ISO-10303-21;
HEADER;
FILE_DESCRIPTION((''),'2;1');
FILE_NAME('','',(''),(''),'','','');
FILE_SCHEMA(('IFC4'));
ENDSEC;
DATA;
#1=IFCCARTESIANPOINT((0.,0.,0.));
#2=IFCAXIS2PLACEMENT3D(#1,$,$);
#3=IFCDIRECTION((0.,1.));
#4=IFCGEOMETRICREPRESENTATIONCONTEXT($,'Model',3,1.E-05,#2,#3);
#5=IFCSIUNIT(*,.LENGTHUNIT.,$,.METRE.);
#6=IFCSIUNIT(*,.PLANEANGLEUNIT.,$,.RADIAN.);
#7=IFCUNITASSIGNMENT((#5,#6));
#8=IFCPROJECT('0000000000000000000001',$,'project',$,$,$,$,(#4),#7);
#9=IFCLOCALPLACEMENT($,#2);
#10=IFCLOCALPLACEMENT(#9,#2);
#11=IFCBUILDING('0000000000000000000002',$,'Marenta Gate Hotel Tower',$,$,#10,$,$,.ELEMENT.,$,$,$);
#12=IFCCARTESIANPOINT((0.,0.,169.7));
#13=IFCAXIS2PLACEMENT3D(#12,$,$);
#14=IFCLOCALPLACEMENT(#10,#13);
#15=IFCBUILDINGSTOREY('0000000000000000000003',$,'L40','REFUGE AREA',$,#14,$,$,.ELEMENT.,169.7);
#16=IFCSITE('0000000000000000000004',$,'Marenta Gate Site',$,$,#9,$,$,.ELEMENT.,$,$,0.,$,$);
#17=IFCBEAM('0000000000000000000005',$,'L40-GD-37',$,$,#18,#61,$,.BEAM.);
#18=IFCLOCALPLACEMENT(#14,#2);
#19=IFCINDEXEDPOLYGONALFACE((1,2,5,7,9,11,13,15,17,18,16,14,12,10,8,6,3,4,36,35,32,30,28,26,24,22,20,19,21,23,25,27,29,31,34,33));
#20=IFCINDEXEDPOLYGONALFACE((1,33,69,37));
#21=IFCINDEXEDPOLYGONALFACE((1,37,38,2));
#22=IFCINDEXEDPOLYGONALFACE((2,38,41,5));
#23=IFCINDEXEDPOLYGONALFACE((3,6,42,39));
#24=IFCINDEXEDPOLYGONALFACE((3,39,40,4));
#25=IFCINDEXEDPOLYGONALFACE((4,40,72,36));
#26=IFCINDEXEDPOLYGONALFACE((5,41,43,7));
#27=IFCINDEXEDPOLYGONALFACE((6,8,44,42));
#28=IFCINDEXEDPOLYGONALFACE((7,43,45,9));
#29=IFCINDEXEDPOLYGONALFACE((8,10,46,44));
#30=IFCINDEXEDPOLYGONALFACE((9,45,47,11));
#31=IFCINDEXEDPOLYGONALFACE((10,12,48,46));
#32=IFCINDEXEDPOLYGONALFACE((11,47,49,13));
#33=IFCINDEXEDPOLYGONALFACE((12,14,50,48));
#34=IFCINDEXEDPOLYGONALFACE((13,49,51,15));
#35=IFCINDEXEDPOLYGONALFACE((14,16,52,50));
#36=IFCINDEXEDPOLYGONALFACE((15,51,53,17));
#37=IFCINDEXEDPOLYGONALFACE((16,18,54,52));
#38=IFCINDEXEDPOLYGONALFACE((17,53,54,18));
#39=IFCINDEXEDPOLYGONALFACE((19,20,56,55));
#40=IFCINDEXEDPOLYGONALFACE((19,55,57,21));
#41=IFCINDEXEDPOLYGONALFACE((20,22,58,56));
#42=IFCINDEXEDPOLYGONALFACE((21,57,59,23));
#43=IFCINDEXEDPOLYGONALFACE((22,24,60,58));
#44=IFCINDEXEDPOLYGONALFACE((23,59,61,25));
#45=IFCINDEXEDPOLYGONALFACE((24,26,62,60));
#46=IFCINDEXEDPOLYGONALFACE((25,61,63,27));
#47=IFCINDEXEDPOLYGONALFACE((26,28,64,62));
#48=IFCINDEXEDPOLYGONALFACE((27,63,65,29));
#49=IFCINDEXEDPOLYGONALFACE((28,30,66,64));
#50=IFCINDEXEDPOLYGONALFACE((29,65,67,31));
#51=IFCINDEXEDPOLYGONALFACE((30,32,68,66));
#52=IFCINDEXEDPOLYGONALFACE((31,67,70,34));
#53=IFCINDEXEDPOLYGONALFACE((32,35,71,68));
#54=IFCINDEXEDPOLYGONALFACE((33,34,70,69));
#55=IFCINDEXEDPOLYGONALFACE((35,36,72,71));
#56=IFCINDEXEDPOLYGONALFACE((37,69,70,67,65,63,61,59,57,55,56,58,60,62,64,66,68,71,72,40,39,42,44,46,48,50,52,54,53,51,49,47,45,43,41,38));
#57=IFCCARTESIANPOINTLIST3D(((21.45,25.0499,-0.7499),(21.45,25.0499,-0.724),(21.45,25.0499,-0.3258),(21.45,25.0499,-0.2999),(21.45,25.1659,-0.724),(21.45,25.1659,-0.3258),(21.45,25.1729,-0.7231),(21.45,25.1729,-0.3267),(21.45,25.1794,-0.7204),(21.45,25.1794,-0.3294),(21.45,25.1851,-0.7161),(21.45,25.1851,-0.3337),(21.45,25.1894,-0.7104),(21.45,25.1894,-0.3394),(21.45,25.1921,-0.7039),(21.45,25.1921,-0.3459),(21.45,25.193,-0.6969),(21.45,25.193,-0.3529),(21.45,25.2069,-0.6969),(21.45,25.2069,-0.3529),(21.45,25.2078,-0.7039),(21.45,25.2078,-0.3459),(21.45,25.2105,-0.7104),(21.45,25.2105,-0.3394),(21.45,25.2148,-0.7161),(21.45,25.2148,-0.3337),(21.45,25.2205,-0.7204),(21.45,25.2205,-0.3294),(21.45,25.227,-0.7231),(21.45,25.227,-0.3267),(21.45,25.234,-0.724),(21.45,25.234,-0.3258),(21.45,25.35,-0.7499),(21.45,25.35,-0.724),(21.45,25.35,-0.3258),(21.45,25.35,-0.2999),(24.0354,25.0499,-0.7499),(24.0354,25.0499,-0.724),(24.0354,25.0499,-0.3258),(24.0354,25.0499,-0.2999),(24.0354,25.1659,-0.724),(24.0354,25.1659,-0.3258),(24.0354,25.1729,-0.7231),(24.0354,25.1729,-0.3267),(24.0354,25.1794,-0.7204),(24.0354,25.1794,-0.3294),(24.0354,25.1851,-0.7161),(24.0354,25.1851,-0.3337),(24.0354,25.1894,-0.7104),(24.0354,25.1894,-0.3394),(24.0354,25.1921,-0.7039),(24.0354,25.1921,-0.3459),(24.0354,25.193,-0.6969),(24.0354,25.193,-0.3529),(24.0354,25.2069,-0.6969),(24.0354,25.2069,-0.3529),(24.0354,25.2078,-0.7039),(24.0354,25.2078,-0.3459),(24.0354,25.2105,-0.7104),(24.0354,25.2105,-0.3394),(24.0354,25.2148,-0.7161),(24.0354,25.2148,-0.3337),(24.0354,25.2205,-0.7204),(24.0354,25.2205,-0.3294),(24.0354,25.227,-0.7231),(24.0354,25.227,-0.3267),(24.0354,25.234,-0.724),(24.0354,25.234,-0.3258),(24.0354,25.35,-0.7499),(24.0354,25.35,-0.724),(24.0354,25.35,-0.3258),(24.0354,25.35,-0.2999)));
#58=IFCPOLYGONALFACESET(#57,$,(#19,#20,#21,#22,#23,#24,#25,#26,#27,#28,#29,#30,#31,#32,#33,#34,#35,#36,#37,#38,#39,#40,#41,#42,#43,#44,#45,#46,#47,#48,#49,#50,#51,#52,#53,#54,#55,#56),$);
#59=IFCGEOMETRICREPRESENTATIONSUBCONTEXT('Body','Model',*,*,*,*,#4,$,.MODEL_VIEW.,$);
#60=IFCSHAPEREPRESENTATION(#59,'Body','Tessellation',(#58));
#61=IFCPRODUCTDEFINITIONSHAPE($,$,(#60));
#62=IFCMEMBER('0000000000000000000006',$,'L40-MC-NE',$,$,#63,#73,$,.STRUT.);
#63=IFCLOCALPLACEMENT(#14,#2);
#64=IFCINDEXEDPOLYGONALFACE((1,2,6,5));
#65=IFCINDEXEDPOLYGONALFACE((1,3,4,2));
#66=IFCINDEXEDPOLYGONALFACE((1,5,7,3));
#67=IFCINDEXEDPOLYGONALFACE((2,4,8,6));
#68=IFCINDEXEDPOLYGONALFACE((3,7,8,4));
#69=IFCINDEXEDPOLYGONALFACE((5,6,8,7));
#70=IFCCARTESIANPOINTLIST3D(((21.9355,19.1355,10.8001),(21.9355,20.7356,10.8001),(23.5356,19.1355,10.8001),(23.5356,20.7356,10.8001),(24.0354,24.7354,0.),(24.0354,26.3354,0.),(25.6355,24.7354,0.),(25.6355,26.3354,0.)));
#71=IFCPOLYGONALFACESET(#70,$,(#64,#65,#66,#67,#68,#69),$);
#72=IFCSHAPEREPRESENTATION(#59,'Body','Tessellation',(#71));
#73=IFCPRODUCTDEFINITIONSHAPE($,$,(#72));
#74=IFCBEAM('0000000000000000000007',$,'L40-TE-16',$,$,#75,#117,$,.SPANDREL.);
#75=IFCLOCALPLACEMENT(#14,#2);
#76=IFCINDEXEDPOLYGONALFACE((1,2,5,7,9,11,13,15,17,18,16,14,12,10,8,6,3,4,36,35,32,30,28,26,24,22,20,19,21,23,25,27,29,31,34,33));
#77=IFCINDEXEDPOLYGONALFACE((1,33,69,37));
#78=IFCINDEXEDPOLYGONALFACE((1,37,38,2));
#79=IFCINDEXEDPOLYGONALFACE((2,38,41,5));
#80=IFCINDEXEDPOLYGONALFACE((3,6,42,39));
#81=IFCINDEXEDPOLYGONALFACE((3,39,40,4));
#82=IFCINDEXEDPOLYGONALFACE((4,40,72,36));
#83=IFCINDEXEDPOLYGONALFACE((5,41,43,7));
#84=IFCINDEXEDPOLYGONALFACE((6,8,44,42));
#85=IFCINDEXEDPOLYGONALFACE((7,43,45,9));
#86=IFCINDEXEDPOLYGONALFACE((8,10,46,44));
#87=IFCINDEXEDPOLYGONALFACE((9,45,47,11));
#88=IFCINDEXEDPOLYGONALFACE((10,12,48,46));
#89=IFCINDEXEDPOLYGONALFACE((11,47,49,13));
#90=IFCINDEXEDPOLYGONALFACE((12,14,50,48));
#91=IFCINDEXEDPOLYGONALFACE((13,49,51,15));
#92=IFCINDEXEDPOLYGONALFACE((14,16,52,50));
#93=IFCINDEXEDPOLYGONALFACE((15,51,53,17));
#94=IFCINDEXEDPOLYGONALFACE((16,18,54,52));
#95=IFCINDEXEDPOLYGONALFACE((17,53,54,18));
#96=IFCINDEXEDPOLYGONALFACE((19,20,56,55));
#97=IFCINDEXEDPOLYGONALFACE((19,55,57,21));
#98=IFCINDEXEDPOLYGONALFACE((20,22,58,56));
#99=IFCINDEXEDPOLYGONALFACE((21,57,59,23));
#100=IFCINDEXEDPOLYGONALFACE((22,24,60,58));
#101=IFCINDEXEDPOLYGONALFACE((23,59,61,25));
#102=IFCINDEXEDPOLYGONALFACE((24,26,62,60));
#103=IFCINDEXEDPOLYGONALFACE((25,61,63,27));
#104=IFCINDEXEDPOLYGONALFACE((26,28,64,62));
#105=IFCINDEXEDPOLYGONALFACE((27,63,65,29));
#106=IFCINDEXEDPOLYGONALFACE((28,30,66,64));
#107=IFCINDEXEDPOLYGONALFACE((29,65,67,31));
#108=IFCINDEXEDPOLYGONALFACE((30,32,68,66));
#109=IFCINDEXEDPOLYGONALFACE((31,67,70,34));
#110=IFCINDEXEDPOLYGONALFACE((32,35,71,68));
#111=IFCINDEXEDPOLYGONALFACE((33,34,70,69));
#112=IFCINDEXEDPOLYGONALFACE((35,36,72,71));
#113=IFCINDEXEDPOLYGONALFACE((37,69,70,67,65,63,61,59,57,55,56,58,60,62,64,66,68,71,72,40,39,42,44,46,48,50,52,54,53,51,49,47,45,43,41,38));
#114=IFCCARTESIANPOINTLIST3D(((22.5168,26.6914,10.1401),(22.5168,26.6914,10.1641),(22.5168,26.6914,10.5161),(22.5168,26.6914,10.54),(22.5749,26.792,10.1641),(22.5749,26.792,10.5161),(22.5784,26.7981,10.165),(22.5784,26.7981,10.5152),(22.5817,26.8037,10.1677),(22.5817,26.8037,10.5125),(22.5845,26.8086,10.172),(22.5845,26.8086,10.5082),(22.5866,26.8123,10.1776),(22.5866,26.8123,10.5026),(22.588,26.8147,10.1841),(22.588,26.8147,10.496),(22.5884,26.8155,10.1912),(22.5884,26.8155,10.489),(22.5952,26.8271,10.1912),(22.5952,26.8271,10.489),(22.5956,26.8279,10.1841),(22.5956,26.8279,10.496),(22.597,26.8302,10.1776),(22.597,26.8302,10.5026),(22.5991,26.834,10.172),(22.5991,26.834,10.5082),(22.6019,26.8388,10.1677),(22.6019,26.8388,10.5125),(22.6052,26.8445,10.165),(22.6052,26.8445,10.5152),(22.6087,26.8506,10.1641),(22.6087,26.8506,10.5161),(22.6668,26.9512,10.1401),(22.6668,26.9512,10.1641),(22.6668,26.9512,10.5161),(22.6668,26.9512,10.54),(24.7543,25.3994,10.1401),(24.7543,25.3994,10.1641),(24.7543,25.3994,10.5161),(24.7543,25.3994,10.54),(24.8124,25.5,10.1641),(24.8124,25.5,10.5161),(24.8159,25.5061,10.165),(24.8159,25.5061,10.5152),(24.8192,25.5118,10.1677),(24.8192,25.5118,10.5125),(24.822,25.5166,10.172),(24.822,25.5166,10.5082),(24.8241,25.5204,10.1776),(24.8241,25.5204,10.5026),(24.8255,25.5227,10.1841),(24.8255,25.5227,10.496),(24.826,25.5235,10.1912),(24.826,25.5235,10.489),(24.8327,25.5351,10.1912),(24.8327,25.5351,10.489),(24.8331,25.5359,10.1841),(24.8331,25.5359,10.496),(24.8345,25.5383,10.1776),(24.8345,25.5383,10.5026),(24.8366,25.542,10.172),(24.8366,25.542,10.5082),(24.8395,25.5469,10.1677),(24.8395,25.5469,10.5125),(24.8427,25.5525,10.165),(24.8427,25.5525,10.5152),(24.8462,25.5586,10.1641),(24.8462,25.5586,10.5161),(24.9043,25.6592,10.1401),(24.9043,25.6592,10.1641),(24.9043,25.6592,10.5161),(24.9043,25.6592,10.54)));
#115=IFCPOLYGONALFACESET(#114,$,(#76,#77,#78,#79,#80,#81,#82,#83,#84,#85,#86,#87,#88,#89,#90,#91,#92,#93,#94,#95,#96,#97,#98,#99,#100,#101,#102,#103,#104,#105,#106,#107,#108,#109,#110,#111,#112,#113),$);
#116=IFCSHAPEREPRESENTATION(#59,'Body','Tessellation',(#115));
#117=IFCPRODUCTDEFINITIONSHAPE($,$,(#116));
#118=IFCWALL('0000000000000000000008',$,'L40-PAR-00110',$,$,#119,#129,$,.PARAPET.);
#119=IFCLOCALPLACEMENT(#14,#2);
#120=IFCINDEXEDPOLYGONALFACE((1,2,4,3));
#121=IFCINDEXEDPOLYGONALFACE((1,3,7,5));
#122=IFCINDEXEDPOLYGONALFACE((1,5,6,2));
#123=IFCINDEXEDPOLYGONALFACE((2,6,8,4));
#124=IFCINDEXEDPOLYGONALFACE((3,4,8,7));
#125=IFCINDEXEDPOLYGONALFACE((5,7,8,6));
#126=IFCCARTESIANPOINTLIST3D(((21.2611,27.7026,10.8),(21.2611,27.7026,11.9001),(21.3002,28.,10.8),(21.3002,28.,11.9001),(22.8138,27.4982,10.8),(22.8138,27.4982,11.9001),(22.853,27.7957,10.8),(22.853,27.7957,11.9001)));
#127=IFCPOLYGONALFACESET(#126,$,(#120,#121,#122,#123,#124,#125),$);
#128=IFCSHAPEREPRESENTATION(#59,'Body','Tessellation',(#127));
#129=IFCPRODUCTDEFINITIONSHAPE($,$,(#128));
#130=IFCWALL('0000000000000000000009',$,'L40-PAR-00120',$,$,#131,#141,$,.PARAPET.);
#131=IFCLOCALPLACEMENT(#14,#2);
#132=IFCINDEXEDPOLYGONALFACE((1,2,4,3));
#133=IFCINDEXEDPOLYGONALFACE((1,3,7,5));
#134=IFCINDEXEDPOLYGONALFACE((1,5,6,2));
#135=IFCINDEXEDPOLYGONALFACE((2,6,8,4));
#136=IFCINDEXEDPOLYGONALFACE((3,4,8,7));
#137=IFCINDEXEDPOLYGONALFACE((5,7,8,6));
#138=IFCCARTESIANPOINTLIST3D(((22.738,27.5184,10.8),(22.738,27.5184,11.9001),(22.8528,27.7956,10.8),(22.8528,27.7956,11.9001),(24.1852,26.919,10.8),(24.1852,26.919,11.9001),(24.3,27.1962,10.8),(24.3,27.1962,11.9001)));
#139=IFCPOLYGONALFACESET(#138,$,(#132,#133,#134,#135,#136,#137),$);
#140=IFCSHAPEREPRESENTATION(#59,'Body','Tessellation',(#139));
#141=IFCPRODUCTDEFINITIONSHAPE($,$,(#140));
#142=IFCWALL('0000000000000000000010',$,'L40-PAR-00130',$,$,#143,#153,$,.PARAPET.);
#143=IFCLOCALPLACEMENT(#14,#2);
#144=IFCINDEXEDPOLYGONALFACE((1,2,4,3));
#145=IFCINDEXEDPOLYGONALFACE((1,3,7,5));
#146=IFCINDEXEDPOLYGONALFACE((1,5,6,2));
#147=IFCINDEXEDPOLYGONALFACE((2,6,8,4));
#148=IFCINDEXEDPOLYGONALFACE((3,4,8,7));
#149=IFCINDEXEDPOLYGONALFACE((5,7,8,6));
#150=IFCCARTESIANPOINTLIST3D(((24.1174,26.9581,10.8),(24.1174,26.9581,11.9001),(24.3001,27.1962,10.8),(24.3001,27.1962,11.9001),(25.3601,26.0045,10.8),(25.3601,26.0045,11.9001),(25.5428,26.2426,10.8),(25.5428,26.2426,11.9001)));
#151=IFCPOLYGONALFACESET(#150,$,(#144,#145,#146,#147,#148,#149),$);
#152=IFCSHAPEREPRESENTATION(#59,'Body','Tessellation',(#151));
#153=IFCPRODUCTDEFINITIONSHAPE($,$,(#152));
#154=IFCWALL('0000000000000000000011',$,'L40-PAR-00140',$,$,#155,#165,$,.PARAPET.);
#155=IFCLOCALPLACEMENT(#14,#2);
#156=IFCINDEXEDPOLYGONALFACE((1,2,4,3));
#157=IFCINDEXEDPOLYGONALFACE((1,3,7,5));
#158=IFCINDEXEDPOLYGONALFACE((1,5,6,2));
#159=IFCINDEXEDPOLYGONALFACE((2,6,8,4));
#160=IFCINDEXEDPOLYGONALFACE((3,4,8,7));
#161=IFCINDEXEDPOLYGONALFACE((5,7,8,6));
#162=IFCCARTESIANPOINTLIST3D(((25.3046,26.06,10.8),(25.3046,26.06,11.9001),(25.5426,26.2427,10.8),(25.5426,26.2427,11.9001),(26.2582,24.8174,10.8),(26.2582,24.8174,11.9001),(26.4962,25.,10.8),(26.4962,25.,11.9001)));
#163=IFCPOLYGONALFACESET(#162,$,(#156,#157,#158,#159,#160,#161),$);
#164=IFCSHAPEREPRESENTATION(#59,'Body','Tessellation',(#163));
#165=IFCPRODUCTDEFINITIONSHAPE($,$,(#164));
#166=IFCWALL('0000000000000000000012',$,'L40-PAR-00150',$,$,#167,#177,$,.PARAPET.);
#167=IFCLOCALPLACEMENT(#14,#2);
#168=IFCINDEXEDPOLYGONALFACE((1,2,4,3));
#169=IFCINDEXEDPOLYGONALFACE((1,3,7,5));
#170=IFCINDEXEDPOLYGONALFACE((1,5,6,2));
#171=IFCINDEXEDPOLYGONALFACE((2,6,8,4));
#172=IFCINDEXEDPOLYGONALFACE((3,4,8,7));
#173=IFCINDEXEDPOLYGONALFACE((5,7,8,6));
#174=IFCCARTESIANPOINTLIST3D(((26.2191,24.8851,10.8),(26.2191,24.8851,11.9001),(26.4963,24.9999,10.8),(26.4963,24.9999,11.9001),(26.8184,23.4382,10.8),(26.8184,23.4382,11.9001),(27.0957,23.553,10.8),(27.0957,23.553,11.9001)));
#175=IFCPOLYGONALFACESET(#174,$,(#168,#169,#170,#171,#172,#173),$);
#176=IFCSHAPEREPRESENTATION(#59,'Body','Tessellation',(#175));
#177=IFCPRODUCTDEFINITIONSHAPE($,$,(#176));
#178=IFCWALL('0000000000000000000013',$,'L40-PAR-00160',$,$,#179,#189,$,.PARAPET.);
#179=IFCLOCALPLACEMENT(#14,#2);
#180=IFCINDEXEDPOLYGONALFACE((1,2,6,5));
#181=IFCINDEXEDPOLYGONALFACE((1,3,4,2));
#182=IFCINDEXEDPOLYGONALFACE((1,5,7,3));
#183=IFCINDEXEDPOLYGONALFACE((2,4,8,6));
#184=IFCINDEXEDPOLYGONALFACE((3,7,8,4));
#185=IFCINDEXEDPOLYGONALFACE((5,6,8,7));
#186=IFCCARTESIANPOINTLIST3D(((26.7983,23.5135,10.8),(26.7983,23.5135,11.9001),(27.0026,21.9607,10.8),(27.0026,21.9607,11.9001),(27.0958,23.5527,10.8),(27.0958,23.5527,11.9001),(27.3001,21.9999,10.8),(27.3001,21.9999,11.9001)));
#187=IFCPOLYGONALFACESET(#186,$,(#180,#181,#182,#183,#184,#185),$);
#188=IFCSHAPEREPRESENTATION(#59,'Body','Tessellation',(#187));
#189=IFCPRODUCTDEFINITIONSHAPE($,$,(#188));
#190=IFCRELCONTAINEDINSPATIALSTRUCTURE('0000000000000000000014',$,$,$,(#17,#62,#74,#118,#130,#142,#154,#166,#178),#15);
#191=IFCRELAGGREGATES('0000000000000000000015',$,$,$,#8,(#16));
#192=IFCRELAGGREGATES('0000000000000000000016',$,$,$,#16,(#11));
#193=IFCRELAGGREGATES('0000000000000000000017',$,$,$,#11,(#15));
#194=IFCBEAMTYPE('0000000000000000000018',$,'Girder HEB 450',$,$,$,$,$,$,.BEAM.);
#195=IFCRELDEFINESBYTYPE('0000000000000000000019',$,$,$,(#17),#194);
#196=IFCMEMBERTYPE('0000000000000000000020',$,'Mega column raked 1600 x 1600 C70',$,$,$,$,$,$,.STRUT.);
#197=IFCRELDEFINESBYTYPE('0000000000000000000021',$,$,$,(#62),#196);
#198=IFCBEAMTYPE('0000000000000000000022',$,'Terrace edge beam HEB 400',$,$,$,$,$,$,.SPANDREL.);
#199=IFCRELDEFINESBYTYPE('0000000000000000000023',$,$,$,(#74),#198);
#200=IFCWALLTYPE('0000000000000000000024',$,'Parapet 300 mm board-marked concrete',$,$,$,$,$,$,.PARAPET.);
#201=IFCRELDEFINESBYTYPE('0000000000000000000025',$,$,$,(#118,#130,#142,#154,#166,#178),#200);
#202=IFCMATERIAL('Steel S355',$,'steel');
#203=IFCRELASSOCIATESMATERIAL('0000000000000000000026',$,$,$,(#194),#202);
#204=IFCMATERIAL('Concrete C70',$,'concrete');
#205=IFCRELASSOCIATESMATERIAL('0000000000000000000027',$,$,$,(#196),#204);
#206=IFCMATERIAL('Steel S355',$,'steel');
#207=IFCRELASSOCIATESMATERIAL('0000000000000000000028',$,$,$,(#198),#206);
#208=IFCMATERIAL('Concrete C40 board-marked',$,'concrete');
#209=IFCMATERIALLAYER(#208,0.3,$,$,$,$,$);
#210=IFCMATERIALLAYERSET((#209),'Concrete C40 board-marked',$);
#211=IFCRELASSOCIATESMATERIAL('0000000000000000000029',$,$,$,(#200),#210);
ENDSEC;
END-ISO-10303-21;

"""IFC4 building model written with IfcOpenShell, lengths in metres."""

from ifc_helpers import new_model, si_unit, direction, frame, frame_2d, origin, origin_2d, place, context, subcontext, project, spatial, rectangle, i_section, extrude, material, layer, layer_set, material_profile, profile_set, type_object, element, save


model = new_model("IFC4")

# Units and contexts
model_context = context("Model", 3, precision=1e-05, world=origin(), true_north=direction((0.0, 1.0)))
body_context = subcontext(model_context, "Body", "Model", "MODEL_VIEW")
ifc_project = project(units=[si_unit("LENGTHUNIT", "METRE"), si_unit("PLANEANGLEUNIT", "RADIAN")], contexts=[model_context])

# Site, building, storey
site_placement = place(None, origin())
site = spatial("IfcSite", under=ifc_project, at=site_placement, Name="Marenta Gate Site", CompositionType="ELEMENT", RefElevation=0.0)
building_placement = place(site_placement, origin())
building = spatial("IfcBuilding", under=site, at=building_placement, Name="Marenta Gate Hotel Tower", CompositionType="ELEMENT")
storey_placement = place(building_placement, frame((0.0, 0.0, 169.7)))
storey = spatial("IfcBuildingStorey", under=building, at=storey_placement, Name="L40", Description="REFUGE AREA", CompositionType="ELEMENT", Elevation=169.7)

# Beam
ifc_material_1 = material(Name="Steel S355", Category="steel")
ifc_material_profile_1 = material_profile(ifc_material_1, i_section(OverallWidth=0.3, OverallDepth=0.45, WebThickness=0.0139, FlangeThickness=0.0259, FilletRadius=0.0271, at=origin_2d()), Name="HEB 450")
ifc_profile_set_1 = profile_set([ifc_material_profile_1], Name="Steel S355")
beam_type_1 = type_object("IfcBeamType", Name="Girder HEB 450", PredefinedType="BEAM", material=ifc_profile_set_1)
beam_1_placement = place(storey_placement, frame((21.45, 25.2, -0.5249), z_axis=(1.0, 0.0, 0.0), x_axis=(0.0, 1.0, 0.0)))
element("IfcBeam", 1, at=beam_1_placement, inside=storey, type_object=beam_type_1, Name="L40-GD-37", PredefinedType="BEAM", context=body_context, shape_type="SweptSolid", body=[
    extrude(i_section(OverallWidth=0.3, OverallDepth=0.45, WebThickness=0.0139, FlangeThickness=0.0259, FilletRadius=0.0271, at=origin_2d()), origin(), (0.0, 0.0, 1.0), 2.5854),
])

# Member
ifc_material_2 = material(Name="Concrete C70", Category="concrete")
ifc_material_profile_2 = material_profile(ifc_material_2, rectangle(XDim=1.6001, YDim=1.6001, at=origin_2d()), Name="1600 x 1600")
ifc_profile_set_2 = profile_set([ifc_material_profile_2], Name="Concrete C70")
member_type_1 = type_object("IfcMemberType", Name="Mega column raked 1600 x 1600 C70", PredefinedType="STRUT", material=ifc_profile_set_2)
member_1_placement = place(storey_placement, frame((24.8354, 25.5354, 0.0), z_axis=(0.0, 0.0, 1.0), x_axis=(1.0, 0.0, 0.0)))
element("IfcMember", 2, at=member_1_placement, inside=storey, type_object=member_type_1, Name="L40-MC-NE", PredefinedType="STRUT", context=body_context, shape_type="SweptSolid", body=[
    extrude(rectangle(XDim=1.6001, YDim=1.6001, at=origin_2d()), origin(), (-0.170092, -0.453599, 0.874824), 12.3455),
])

# Beam
ifc_material_3 = material(Name="Steel S355", Category="steel")
ifc_material_profile_3 = material_profile(ifc_material_3, i_section(OverallWidth=0.3, OverallDepth=0.3999, WebThickness=0.0134, FlangeThickness=0.0239, FilletRadius=0.0271, at=origin_2d()), Name="HEB 400")
ifc_profile_set_3 = profile_set([ifc_material_profile_3], Name="Steel S355")
beam_type_2 = type_object("IfcBeamType", Name="Terrace edge beam HEB 400", PredefinedType="SPANDREL", material=ifc_profile_set_3)
beam_2_placement = place(storey_placement, frame((22.5918, 26.8213, 10.3401), z_axis=(0.866001, -0.500041, 0.0), x_axis=(0.500041, 0.866001, 0.0)))
element("IfcBeam", 3, at=beam_2_placement, inside=storey, type_object=beam_type_2, Name="L40-TE-16", PredefinedType="SPANDREL", context=body_context, shape_type="SweptSolid", body=[
    extrude(i_section(OverallWidth=0.3, OverallDepth=0.3999, WebThickness=0.0134, FlangeThickness=0.0239, FilletRadius=0.0271, at=origin_2d()), origin(), (0.0, 0.0, 1.0), 2.5837),
])

# Walls
ifc_material_4 = material(Name="Concrete C40 board-marked", Category="concrete")
ifc_layer_1 = layer(ifc_material_4, 0.3)
ifc_layer_set_1 = layer_set([ifc_layer_1], Name="Concrete C40 board-marked")
wall_type = type_object("IfcWallType", Name="Parapet 300 mm board-marked concrete", PredefinedType="PARAPET", material=ifc_layer_set_1)
wall_1_placement = place(storey_placement, frame((21.2805, 27.8513, 10.8), z_axis=(0.0, 0.0, 1.0), x_axis=(0.991451, -0.130479, 0.0)))
element("IfcWall", 4, at=wall_1_placement, inside=storey, type_object=wall_type, Name="L40-PAR-00110", PredefinedType="PARAPET", context=body_context, shape_type="SweptSolid", body=[
    extrude(rectangle(XDim=1.5662, YDim=0.3, at=frame_2d((0.7832, 0.0))), origin(), (0.0, 0.0, 1.0), 1.1001),
])
for number, where, z_axis, x_axis, name in (
    (5, (22.7954, 27.657, 10.8), (0.0, 0.0, 1.0), (0.923905, -0.382623, 0.0), "L40-PAR-00120"),
    (6, (24.2087, 27.0771, 10.8), (0.0, 0.0, 1.0), (0.79333, -0.608791, 0.0), "L40-PAR-00130"),
    (7, (25.4236, 26.1514, 10.8), (0.0, 0.0, 1.0), (0.608791, -0.79333, 0.0), "L40-PAR-00140"),
):
    element("IfcWall", number, at=place(storey_placement, frame(where, z_axis=z_axis, x_axis=x_axis)), inside=storey, type_object=wall_type, Name=name, PredefinedType="PARAPET", context=body_context, shape_type="SweptSolid", body=[
        extrude(rectangle(XDim=1.5664, YDim=0.3, at=frame_2d((0.7832, 0.0))), origin(), (0.0, 0.0, 1.0), 1.1001),
    ])
for number, where, z_axis, x_axis, name in (
    (8, (26.3577, 24.9426, 10.8), (0.0, 0.0, 1.0), (0.382678, -0.923882, 0.0), "L40-PAR-00150"),
    (9, (26.947, 23.5332, 10.8), (0.0, 0.0, 1.0), (0.130479, -0.991451, 0.0), "L40-PAR-00160"),
):
    element("IfcWall", number, at=place(storey_placement, frame(where, z_axis=z_axis, x_axis=x_axis)), inside=storey, type_object=wall_type, Name=name, PredefinedType="PARAPET", context=body_context, shape_type="SweptSolid", body=[
        extrude(rectangle(XDim=1.5662, YDim=0.3, at=frame_2d((0.7832, 0.0))), origin(), (0.0, 0.0, 1.0), 1.1001),
    ])

save(model, "model.ifc")
